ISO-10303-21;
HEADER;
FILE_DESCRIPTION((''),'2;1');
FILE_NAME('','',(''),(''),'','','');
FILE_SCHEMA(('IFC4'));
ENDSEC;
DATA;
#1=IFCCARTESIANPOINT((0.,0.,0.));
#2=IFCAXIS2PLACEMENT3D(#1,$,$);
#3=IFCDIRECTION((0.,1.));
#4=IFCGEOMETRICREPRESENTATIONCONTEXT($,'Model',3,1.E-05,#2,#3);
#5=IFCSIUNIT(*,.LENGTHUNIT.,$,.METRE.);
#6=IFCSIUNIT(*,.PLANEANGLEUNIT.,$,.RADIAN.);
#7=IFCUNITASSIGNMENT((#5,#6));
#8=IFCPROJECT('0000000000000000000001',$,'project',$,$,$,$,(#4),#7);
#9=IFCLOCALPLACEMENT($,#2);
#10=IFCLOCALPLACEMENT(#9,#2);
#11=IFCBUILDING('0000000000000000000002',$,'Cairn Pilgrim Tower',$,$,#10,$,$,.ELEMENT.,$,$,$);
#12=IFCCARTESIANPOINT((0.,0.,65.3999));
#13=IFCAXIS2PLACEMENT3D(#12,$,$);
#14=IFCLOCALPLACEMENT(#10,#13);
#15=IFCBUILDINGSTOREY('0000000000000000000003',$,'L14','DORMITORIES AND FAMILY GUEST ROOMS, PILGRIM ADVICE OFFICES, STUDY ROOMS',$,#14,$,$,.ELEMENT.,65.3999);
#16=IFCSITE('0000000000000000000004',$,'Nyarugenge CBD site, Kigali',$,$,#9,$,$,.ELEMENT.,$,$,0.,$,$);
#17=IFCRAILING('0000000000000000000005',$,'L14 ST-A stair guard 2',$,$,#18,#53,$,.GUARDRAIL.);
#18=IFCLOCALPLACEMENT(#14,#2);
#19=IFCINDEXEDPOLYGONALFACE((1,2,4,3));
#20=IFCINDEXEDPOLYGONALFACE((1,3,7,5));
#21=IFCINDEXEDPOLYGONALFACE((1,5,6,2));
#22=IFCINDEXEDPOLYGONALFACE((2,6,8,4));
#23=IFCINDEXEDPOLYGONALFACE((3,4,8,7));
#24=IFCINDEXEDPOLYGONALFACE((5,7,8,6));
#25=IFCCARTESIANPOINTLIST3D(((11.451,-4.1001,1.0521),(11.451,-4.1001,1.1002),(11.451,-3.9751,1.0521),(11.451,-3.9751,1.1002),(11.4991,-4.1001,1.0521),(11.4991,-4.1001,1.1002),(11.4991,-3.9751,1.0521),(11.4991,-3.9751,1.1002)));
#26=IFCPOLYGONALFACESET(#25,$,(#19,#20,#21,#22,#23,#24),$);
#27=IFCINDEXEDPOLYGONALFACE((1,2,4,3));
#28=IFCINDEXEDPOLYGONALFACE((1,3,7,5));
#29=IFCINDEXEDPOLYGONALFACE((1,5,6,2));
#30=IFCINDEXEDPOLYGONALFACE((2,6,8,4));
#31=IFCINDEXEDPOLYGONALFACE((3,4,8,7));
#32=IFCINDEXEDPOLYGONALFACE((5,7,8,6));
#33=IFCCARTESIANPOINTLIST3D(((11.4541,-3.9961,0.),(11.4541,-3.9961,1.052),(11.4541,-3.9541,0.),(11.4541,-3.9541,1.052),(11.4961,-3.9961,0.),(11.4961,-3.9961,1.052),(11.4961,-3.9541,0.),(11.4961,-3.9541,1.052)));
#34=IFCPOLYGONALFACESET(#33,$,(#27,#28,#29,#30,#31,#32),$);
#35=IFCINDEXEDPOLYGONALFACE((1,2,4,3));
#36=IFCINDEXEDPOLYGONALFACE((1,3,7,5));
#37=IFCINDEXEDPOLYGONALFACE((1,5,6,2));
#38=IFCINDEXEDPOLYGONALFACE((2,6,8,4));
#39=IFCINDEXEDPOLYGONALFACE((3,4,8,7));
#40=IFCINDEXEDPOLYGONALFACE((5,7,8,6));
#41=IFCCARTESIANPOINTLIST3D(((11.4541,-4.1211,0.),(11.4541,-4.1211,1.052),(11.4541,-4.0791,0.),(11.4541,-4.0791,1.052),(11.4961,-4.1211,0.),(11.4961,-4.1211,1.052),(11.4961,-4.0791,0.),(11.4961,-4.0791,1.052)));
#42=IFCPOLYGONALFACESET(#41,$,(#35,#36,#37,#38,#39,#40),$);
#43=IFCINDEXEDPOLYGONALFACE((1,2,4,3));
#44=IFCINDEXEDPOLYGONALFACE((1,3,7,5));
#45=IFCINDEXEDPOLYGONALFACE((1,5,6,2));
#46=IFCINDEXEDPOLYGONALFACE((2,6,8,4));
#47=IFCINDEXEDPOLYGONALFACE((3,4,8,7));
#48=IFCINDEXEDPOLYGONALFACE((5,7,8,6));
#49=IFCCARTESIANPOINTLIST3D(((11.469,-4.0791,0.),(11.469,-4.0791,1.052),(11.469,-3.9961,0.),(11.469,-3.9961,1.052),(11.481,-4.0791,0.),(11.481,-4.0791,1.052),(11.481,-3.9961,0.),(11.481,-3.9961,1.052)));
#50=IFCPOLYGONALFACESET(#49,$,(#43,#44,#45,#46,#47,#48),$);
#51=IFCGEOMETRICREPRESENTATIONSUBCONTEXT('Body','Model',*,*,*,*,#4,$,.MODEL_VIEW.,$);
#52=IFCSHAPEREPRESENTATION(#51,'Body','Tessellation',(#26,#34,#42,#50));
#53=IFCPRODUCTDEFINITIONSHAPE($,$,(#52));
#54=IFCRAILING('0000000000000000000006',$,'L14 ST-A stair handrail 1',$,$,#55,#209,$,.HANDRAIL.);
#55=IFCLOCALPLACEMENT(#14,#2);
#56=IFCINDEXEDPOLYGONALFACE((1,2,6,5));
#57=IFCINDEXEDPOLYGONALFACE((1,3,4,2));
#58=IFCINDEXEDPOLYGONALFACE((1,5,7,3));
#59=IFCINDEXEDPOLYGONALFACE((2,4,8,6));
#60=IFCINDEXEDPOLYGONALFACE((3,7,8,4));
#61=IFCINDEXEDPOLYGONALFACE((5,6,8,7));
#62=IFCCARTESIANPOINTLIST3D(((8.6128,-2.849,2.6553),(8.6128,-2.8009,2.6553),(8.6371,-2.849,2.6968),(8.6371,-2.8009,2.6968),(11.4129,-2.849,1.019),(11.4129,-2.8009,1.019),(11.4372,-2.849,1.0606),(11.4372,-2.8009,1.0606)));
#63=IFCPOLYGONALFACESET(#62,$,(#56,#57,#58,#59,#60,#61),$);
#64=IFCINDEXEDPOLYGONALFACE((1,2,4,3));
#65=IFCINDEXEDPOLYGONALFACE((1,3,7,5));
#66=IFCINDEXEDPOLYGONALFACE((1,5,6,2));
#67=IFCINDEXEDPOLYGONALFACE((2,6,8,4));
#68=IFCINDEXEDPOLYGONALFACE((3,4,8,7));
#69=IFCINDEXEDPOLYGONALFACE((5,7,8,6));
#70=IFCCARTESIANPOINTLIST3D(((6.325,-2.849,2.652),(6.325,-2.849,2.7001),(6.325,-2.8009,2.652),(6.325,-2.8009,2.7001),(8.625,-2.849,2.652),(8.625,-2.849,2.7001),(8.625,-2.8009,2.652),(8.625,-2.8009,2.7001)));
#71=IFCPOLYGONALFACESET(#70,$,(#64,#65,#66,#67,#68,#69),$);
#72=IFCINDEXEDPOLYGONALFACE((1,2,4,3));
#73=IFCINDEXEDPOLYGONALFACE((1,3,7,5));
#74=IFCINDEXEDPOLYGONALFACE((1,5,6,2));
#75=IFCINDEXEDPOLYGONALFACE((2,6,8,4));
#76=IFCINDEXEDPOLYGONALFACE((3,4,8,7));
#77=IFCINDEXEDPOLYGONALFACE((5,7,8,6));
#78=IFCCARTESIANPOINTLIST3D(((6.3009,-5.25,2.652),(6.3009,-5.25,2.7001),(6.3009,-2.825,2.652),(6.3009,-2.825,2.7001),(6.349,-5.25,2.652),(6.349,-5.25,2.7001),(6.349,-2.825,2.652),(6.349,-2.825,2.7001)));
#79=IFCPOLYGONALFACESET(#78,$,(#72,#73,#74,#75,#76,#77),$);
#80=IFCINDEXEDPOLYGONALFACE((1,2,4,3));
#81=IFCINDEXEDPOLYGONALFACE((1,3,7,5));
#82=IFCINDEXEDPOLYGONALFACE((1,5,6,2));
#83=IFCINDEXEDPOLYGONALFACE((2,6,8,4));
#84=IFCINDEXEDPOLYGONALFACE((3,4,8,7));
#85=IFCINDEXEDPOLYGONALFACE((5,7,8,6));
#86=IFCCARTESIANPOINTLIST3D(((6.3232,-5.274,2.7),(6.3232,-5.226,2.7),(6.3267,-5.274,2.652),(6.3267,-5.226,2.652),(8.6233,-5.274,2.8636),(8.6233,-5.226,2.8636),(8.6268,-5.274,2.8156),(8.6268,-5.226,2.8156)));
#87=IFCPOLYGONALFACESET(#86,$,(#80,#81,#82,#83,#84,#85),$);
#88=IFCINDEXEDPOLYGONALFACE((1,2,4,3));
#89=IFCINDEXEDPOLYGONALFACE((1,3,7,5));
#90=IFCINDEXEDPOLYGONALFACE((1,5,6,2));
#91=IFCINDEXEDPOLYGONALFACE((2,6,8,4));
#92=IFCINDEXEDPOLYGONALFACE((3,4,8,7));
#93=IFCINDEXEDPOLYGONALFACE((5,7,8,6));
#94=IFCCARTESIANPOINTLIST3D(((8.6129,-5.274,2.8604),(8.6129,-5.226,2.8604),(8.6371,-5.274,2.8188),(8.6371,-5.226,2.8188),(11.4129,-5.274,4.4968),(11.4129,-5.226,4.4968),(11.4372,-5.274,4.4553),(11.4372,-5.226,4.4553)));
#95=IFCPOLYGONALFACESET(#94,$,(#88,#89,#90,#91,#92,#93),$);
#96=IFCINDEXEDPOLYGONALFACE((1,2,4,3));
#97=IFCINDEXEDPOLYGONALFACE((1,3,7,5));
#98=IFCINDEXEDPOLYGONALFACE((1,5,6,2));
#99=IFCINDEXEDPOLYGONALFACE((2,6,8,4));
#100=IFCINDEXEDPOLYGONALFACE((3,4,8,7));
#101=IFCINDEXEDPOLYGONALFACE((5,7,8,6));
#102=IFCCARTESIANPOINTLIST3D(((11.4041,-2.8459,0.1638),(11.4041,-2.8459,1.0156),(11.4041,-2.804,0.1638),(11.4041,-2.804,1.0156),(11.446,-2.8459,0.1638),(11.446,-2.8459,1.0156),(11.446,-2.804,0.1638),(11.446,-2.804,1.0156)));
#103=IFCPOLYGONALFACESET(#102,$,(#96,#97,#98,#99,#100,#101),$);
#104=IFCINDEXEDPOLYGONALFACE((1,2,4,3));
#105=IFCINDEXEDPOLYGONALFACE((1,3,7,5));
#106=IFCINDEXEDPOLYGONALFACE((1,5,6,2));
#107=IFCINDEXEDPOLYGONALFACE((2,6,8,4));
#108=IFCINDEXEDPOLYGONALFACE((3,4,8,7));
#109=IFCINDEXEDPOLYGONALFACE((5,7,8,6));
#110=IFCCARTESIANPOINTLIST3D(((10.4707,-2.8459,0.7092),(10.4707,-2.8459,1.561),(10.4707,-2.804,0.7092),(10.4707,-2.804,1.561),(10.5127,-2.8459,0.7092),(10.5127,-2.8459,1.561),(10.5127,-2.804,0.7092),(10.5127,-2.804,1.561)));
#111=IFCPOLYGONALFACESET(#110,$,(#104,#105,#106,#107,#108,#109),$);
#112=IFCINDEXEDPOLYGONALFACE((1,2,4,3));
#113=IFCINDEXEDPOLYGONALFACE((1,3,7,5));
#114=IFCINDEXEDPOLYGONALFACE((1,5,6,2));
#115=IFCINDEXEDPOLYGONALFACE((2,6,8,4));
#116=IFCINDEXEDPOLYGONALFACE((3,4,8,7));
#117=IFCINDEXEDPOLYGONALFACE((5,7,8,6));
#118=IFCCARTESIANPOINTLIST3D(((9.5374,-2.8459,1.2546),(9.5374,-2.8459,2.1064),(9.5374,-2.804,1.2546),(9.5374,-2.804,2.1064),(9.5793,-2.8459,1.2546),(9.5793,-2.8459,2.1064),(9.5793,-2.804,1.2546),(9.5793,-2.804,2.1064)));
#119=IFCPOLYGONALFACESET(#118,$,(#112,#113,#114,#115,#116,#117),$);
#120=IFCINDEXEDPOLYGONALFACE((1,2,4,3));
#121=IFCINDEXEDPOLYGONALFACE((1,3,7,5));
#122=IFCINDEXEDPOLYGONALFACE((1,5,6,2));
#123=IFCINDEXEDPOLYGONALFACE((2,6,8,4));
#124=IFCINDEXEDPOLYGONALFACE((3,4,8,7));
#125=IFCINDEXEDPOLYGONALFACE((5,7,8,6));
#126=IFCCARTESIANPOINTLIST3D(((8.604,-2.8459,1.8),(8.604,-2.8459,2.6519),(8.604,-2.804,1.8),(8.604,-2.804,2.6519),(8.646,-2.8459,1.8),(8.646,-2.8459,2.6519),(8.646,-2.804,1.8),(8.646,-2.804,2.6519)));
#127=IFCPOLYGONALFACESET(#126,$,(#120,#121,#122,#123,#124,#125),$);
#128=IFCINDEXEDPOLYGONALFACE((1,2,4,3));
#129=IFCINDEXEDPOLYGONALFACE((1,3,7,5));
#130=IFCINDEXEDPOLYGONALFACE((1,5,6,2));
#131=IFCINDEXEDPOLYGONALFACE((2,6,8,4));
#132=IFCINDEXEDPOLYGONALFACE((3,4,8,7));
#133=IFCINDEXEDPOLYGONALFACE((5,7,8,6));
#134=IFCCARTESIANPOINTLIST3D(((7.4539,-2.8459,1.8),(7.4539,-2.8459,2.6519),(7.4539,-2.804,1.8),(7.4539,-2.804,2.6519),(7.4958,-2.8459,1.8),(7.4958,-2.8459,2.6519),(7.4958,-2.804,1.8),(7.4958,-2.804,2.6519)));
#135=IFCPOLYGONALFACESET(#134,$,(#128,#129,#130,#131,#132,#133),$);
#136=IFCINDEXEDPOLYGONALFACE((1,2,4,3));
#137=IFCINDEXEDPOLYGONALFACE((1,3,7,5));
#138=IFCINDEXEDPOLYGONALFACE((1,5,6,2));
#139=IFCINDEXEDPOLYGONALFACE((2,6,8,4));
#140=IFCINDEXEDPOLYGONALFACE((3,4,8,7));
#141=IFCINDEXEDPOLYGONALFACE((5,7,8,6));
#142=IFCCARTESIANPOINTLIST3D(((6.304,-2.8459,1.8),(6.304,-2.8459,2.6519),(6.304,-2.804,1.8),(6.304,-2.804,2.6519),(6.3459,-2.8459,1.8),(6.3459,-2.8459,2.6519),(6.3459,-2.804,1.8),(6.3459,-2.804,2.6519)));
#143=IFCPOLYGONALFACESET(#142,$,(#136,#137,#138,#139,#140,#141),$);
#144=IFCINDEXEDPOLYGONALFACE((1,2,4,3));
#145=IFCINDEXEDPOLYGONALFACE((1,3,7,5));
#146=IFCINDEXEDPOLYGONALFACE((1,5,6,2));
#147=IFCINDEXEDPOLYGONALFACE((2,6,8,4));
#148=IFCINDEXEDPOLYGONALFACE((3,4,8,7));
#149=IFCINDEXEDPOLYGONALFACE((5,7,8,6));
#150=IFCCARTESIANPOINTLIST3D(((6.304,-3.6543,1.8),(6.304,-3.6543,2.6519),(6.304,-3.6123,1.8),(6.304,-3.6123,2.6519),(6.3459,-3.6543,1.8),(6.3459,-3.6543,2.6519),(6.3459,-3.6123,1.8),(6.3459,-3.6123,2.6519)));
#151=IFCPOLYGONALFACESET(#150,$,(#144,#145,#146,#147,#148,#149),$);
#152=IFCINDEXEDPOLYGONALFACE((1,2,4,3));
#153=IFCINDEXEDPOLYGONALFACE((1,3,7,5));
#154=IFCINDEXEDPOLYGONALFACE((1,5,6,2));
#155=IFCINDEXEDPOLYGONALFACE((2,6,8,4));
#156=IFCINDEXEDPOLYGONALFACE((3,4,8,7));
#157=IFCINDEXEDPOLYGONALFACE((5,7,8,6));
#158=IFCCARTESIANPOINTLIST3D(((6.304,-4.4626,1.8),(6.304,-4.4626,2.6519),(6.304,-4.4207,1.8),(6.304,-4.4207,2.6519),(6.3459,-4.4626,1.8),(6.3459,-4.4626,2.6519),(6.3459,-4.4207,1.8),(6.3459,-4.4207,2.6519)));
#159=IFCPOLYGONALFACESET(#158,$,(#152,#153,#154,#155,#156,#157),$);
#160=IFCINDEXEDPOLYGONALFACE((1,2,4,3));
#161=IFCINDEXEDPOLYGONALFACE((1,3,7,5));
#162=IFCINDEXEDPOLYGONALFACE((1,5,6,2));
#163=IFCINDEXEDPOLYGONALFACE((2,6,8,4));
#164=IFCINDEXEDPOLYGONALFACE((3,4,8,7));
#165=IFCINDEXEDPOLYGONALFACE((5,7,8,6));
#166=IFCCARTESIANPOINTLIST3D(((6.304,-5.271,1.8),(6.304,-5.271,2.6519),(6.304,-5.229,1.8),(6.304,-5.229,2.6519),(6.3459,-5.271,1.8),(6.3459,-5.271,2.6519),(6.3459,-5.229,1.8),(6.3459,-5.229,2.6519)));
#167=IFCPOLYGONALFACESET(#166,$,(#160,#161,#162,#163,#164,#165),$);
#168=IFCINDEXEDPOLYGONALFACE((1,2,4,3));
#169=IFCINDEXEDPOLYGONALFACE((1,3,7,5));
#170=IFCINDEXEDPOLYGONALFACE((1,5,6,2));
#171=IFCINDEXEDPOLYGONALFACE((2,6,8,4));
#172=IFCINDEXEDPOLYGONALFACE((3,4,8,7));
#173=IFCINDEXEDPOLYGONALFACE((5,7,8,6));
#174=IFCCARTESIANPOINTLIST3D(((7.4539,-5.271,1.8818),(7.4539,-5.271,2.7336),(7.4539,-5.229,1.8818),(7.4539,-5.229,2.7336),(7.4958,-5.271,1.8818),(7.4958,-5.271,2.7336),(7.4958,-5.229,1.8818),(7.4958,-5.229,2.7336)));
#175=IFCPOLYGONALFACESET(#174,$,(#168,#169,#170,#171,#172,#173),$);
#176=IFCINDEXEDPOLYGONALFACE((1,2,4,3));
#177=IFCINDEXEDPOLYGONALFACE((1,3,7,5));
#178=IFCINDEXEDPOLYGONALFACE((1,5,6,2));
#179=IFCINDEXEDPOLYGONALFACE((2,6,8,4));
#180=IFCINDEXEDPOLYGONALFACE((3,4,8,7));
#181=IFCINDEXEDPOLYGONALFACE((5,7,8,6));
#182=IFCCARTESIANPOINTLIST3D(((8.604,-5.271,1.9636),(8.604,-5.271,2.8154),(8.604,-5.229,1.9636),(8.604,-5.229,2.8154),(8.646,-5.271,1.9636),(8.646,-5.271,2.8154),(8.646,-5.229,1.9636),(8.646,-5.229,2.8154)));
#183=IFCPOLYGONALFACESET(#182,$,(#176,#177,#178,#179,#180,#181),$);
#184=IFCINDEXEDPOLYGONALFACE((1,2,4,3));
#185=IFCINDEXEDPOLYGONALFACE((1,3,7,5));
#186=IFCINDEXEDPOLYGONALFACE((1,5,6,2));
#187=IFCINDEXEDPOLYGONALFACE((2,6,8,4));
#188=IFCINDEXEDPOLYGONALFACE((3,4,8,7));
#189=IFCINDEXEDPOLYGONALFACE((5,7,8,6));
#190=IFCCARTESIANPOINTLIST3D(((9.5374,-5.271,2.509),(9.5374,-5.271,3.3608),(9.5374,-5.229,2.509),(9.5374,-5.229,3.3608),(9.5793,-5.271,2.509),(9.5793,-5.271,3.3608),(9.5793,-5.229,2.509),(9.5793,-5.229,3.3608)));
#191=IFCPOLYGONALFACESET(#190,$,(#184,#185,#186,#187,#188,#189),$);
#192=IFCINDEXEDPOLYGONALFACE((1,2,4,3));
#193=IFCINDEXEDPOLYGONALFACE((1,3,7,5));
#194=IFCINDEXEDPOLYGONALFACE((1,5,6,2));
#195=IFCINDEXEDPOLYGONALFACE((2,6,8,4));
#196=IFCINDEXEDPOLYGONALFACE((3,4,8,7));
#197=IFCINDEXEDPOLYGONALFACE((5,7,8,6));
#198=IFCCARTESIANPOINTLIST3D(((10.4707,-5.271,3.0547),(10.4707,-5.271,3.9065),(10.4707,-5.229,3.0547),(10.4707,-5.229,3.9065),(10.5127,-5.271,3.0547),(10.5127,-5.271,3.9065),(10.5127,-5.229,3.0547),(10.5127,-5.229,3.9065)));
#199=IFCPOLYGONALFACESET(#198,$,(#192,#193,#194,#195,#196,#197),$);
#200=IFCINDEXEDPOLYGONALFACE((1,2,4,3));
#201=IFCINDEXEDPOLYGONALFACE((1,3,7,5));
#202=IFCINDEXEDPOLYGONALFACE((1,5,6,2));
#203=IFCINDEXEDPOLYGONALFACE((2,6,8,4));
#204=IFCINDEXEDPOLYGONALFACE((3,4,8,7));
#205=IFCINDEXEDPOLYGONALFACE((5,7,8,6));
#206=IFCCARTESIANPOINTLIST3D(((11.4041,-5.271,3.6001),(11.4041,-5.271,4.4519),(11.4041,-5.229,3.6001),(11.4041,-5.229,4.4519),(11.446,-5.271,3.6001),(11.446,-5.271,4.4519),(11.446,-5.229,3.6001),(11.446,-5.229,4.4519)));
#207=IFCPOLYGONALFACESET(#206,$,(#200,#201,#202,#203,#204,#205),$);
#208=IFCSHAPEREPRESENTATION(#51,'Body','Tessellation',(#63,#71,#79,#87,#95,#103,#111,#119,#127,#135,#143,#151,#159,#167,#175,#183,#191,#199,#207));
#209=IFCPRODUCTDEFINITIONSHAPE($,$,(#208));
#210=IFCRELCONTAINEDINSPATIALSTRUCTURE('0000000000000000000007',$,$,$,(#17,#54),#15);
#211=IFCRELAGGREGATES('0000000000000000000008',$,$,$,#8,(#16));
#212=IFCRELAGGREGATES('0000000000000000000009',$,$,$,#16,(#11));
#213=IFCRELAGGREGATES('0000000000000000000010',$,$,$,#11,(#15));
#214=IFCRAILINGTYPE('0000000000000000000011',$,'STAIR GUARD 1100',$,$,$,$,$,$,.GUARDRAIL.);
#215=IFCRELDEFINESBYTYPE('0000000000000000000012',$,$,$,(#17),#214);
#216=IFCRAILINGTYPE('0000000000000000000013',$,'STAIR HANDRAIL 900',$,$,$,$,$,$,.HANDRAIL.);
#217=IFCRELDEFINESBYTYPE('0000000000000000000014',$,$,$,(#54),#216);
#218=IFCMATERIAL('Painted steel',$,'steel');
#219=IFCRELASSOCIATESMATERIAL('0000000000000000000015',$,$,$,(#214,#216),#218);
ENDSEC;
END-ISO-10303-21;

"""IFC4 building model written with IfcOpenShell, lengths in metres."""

from ifc_helpers import new_model, si_unit, direction, frame, origin, origin_2d, place, context, subcontext, project, spatial, polyline, rectangle, outline, extrude, material, type_object, element, save


model = new_model("IFC4")

# Units and contexts
model_context = context("Model", 3, precision=1e-05, world=origin(), true_north=direction((0.0, 1.0)))
body_context = subcontext(model_context, "Body", "Model", "MODEL_VIEW")
ifc_project = project(units=[si_unit("LENGTHUNIT", "METRE"), si_unit("PLANEANGLEUNIT", "RADIAN")], contexts=[model_context])

# Site, building, storey
site_placement = place(None, origin())
site = spatial("IfcSite", under=ifc_project, at=site_placement, Name="Nyarugenge CBD site, Kigali", CompositionType="ELEMENT", RefElevation=0.0)
building_placement = place(site_placement, origin())
building = spatial("IfcBuilding", under=site, at=building_placement, Name="Cairn Pilgrim Tower", CompositionType="ELEMENT")
storey_placement = place(building_placement, frame((0.0, 0.0, 65.3999)))
storey = spatial("IfcBuildingStorey", under=building, at=storey_placement, Name="L14", Description="DORMITORIES AND FAMILY GUEST ROOMS, PILGRIM ADVICE OFFICES, STUDY ROOMS", CompositionType="ELEMENT", Elevation=65.3999)

# Shared definitions
ifc_material_1 = material(Name="Painted steel", Category="steel")

# Railings
railing_type_1 = type_object("IfcRailingType", Name="STAIR GUARD 1100", PredefinedType="GUARDRAIL", material=ifc_material_1)
railing_1_placement = place(storey_placement, frame((11.4751, -3.9751, 0.0)))
element("IfcRailing", 1, at=railing_1_placement, inside=storey, type_object=railing_type_1, Name="L14 ST-A stair guard 2", PredefinedType="GUARDRAIL", context=body_context, shape_type="SweptSolid", body=[
    extrude(rectangle(XDim=0.0481, YDim=0.0481, at=origin_2d()), frame((0.0, 0.0, 1.0762), z_axis=(0.0, -1.0, 0.0), x_axis=(1.0, 0.0, 0.0)), (0.0, 0.0, 1.0), 0.125),
    extrude(rectangle(XDim=0.042, YDim=0.042, at=origin_2d()), origin(), (0.0, 0.0, 1.0), 1.052),
    extrude(rectangle(XDim=0.042, YDim=0.042, at=origin_2d()), frame((0.0, -0.125, 0.0)), (0.0, 0.0, 1.0), 1.052),
    extrude(outline(polyline([(0.021, 0.0), (0.104, 0.0), (0.104, 1.052), (0.021, 1.052), (0.021, 0.0)])), frame((0.0059, 0.0, 0.0), z_axis=(-1.0, 0.0, 0.0), x_axis=(0.0, -1.0, 0.0)), (0.0, 0.0, 1.0), 0.012),
])
railing_type_2 = type_object("IfcRailingType", Name="STAIR HANDRAIL 900", PredefinedType="HANDRAIL", material=ifc_material_1)
railing_2_placement = place(storey_placement, frame((11.425, -2.825, 0.1638)))
element("IfcRailing", 2, at=railing_2_placement, inside=storey, type_object=railing_type_2, Name="L14 ST-A stair handrail 1", PredefinedType="HANDRAIL", context=body_context, shape_type="SweptSolid", body=[
    extrude(rectangle(XDim=0.0481, YDim=0.0481, at=origin_2d()), frame((0.0, 0.0, 0.876), z_axis=(-0.863394, 0.0, 0.504531), x_axis=(0.0, -1.0, 0.0)), (0.0, 0.0, 1.0), 3.2432),
    extrude(rectangle(XDim=0.0481, YDim=0.0481, at=origin_2d()), frame((-2.8, 0.0, 2.5122), z_axis=(-1.0, 0.0, 0.0), x_axis=(0.0, -1.0, 0.0)), (0.0, 0.0, 1.0), 2.3),
    extrude(rectangle(XDim=0.0481, YDim=0.0481, at=origin_2d()), frame((-5.1001, 0.0, 2.5122), z_axis=(0.0, -1.0, 0.0), x_axis=(1.0, 0.0, 0.0)), (0.0, 0.0, 1.0), 2.425),
    extrude(rectangle(XDim=0.0481, YDim=0.0481, at=origin_2d()), frame((-5.1001, -2.425, 2.5122), z_axis=(0.997481, 0.0, 0.070939), x_axis=(0.0, 1.0, 0.0)), (0.0, 0.0, 1.0), 2.3059),
    extrude(rectangle(XDim=0.0481, YDim=0.0481, at=origin_2d()), frame((-2.8, -2.425, 2.6758), z_axis=(0.863361, 0.0, 0.504587), x_axis=(0.0, 1.0, 0.0)), (0.0, 0.0, 1.0), 3.2432),
    extrude(rectangle(XDim=0.042, YDim=0.042, at=origin_2d()), origin(), (0.0, 0.0, 1.0), 0.8518),
    extrude(rectangle(XDim=0.042, YDim=0.042, at=origin_2d()), frame((-0.9333, 0.0, 0.5454)), (0.0, 0.0, 1.0), 0.8518),
    extrude(rectangle(XDim=0.042, YDim=0.042, at=origin_2d()), frame((-1.8667, 0.0, 1.0908)), (0.0, 0.0, 1.0), 0.8518),
    extrude(rectangle(XDim=0.042, YDim=0.042, at=origin_2d()), frame((-2.8, 0.0, 1.6362)), (0.0, 0.0, 1.0), 0.8518),
    extrude(rectangle(XDim=0.042, YDim=0.042, at=origin_2d()), frame((-3.9502, 0.0, 1.6362)), (0.0, 0.0, 1.0), 0.8518),
    extrude(rectangle(XDim=0.042, YDim=0.042, at=origin_2d()), frame((-5.1001, 0.0, 1.6362)), (0.0, 0.0, 1.0), 0.8518),
    extrude(rectangle(XDim=0.042, YDim=0.042, at=origin_2d()), frame((-5.1001, -0.8083, 1.6362)), (0.0, 0.0, 1.0), 0.8518),
    extrude(rectangle(XDim=0.042, YDim=0.042, at=origin_2d()), frame((-5.1001, -1.6167, 1.6362)), (0.0, 0.0, 1.0), 0.8518),
    extrude(rectangle(XDim=0.042, YDim=0.042, at=origin_2d()), frame((-5.1001, -2.425, 1.6362)), (0.0, 0.0, 1.0), 0.8518),
    extrude(rectangle(XDim=0.042, YDim=0.042, at=origin_2d()), frame((-3.9502, -2.425, 1.718)), (0.0, 0.0, 1.0), 0.8518),
    extrude(rectangle(XDim=0.042, YDim=0.042, at=origin_2d()), frame((-2.8, -2.425, 1.7998)), (0.0, 0.0, 1.0), 0.8518),
    extrude(rectangle(XDim=0.042, YDim=0.042, at=origin_2d()), frame((-1.8667, -2.425, 2.3452)), (0.0, 0.0, 1.0), 0.8518),
    extrude(rectangle(XDim=0.042, YDim=0.042, at=origin_2d()), frame((-0.9333, -2.425, 2.8909)), (0.0, 0.0, 1.0), 0.8518),
    extrude(rectangle(XDim=0.042, YDim=0.042, at=origin_2d()), frame((0.0, -2.425, 3.4363)), (0.0, 0.0, 1.0), 0.8518),
])

save(model, "model.ifc")
